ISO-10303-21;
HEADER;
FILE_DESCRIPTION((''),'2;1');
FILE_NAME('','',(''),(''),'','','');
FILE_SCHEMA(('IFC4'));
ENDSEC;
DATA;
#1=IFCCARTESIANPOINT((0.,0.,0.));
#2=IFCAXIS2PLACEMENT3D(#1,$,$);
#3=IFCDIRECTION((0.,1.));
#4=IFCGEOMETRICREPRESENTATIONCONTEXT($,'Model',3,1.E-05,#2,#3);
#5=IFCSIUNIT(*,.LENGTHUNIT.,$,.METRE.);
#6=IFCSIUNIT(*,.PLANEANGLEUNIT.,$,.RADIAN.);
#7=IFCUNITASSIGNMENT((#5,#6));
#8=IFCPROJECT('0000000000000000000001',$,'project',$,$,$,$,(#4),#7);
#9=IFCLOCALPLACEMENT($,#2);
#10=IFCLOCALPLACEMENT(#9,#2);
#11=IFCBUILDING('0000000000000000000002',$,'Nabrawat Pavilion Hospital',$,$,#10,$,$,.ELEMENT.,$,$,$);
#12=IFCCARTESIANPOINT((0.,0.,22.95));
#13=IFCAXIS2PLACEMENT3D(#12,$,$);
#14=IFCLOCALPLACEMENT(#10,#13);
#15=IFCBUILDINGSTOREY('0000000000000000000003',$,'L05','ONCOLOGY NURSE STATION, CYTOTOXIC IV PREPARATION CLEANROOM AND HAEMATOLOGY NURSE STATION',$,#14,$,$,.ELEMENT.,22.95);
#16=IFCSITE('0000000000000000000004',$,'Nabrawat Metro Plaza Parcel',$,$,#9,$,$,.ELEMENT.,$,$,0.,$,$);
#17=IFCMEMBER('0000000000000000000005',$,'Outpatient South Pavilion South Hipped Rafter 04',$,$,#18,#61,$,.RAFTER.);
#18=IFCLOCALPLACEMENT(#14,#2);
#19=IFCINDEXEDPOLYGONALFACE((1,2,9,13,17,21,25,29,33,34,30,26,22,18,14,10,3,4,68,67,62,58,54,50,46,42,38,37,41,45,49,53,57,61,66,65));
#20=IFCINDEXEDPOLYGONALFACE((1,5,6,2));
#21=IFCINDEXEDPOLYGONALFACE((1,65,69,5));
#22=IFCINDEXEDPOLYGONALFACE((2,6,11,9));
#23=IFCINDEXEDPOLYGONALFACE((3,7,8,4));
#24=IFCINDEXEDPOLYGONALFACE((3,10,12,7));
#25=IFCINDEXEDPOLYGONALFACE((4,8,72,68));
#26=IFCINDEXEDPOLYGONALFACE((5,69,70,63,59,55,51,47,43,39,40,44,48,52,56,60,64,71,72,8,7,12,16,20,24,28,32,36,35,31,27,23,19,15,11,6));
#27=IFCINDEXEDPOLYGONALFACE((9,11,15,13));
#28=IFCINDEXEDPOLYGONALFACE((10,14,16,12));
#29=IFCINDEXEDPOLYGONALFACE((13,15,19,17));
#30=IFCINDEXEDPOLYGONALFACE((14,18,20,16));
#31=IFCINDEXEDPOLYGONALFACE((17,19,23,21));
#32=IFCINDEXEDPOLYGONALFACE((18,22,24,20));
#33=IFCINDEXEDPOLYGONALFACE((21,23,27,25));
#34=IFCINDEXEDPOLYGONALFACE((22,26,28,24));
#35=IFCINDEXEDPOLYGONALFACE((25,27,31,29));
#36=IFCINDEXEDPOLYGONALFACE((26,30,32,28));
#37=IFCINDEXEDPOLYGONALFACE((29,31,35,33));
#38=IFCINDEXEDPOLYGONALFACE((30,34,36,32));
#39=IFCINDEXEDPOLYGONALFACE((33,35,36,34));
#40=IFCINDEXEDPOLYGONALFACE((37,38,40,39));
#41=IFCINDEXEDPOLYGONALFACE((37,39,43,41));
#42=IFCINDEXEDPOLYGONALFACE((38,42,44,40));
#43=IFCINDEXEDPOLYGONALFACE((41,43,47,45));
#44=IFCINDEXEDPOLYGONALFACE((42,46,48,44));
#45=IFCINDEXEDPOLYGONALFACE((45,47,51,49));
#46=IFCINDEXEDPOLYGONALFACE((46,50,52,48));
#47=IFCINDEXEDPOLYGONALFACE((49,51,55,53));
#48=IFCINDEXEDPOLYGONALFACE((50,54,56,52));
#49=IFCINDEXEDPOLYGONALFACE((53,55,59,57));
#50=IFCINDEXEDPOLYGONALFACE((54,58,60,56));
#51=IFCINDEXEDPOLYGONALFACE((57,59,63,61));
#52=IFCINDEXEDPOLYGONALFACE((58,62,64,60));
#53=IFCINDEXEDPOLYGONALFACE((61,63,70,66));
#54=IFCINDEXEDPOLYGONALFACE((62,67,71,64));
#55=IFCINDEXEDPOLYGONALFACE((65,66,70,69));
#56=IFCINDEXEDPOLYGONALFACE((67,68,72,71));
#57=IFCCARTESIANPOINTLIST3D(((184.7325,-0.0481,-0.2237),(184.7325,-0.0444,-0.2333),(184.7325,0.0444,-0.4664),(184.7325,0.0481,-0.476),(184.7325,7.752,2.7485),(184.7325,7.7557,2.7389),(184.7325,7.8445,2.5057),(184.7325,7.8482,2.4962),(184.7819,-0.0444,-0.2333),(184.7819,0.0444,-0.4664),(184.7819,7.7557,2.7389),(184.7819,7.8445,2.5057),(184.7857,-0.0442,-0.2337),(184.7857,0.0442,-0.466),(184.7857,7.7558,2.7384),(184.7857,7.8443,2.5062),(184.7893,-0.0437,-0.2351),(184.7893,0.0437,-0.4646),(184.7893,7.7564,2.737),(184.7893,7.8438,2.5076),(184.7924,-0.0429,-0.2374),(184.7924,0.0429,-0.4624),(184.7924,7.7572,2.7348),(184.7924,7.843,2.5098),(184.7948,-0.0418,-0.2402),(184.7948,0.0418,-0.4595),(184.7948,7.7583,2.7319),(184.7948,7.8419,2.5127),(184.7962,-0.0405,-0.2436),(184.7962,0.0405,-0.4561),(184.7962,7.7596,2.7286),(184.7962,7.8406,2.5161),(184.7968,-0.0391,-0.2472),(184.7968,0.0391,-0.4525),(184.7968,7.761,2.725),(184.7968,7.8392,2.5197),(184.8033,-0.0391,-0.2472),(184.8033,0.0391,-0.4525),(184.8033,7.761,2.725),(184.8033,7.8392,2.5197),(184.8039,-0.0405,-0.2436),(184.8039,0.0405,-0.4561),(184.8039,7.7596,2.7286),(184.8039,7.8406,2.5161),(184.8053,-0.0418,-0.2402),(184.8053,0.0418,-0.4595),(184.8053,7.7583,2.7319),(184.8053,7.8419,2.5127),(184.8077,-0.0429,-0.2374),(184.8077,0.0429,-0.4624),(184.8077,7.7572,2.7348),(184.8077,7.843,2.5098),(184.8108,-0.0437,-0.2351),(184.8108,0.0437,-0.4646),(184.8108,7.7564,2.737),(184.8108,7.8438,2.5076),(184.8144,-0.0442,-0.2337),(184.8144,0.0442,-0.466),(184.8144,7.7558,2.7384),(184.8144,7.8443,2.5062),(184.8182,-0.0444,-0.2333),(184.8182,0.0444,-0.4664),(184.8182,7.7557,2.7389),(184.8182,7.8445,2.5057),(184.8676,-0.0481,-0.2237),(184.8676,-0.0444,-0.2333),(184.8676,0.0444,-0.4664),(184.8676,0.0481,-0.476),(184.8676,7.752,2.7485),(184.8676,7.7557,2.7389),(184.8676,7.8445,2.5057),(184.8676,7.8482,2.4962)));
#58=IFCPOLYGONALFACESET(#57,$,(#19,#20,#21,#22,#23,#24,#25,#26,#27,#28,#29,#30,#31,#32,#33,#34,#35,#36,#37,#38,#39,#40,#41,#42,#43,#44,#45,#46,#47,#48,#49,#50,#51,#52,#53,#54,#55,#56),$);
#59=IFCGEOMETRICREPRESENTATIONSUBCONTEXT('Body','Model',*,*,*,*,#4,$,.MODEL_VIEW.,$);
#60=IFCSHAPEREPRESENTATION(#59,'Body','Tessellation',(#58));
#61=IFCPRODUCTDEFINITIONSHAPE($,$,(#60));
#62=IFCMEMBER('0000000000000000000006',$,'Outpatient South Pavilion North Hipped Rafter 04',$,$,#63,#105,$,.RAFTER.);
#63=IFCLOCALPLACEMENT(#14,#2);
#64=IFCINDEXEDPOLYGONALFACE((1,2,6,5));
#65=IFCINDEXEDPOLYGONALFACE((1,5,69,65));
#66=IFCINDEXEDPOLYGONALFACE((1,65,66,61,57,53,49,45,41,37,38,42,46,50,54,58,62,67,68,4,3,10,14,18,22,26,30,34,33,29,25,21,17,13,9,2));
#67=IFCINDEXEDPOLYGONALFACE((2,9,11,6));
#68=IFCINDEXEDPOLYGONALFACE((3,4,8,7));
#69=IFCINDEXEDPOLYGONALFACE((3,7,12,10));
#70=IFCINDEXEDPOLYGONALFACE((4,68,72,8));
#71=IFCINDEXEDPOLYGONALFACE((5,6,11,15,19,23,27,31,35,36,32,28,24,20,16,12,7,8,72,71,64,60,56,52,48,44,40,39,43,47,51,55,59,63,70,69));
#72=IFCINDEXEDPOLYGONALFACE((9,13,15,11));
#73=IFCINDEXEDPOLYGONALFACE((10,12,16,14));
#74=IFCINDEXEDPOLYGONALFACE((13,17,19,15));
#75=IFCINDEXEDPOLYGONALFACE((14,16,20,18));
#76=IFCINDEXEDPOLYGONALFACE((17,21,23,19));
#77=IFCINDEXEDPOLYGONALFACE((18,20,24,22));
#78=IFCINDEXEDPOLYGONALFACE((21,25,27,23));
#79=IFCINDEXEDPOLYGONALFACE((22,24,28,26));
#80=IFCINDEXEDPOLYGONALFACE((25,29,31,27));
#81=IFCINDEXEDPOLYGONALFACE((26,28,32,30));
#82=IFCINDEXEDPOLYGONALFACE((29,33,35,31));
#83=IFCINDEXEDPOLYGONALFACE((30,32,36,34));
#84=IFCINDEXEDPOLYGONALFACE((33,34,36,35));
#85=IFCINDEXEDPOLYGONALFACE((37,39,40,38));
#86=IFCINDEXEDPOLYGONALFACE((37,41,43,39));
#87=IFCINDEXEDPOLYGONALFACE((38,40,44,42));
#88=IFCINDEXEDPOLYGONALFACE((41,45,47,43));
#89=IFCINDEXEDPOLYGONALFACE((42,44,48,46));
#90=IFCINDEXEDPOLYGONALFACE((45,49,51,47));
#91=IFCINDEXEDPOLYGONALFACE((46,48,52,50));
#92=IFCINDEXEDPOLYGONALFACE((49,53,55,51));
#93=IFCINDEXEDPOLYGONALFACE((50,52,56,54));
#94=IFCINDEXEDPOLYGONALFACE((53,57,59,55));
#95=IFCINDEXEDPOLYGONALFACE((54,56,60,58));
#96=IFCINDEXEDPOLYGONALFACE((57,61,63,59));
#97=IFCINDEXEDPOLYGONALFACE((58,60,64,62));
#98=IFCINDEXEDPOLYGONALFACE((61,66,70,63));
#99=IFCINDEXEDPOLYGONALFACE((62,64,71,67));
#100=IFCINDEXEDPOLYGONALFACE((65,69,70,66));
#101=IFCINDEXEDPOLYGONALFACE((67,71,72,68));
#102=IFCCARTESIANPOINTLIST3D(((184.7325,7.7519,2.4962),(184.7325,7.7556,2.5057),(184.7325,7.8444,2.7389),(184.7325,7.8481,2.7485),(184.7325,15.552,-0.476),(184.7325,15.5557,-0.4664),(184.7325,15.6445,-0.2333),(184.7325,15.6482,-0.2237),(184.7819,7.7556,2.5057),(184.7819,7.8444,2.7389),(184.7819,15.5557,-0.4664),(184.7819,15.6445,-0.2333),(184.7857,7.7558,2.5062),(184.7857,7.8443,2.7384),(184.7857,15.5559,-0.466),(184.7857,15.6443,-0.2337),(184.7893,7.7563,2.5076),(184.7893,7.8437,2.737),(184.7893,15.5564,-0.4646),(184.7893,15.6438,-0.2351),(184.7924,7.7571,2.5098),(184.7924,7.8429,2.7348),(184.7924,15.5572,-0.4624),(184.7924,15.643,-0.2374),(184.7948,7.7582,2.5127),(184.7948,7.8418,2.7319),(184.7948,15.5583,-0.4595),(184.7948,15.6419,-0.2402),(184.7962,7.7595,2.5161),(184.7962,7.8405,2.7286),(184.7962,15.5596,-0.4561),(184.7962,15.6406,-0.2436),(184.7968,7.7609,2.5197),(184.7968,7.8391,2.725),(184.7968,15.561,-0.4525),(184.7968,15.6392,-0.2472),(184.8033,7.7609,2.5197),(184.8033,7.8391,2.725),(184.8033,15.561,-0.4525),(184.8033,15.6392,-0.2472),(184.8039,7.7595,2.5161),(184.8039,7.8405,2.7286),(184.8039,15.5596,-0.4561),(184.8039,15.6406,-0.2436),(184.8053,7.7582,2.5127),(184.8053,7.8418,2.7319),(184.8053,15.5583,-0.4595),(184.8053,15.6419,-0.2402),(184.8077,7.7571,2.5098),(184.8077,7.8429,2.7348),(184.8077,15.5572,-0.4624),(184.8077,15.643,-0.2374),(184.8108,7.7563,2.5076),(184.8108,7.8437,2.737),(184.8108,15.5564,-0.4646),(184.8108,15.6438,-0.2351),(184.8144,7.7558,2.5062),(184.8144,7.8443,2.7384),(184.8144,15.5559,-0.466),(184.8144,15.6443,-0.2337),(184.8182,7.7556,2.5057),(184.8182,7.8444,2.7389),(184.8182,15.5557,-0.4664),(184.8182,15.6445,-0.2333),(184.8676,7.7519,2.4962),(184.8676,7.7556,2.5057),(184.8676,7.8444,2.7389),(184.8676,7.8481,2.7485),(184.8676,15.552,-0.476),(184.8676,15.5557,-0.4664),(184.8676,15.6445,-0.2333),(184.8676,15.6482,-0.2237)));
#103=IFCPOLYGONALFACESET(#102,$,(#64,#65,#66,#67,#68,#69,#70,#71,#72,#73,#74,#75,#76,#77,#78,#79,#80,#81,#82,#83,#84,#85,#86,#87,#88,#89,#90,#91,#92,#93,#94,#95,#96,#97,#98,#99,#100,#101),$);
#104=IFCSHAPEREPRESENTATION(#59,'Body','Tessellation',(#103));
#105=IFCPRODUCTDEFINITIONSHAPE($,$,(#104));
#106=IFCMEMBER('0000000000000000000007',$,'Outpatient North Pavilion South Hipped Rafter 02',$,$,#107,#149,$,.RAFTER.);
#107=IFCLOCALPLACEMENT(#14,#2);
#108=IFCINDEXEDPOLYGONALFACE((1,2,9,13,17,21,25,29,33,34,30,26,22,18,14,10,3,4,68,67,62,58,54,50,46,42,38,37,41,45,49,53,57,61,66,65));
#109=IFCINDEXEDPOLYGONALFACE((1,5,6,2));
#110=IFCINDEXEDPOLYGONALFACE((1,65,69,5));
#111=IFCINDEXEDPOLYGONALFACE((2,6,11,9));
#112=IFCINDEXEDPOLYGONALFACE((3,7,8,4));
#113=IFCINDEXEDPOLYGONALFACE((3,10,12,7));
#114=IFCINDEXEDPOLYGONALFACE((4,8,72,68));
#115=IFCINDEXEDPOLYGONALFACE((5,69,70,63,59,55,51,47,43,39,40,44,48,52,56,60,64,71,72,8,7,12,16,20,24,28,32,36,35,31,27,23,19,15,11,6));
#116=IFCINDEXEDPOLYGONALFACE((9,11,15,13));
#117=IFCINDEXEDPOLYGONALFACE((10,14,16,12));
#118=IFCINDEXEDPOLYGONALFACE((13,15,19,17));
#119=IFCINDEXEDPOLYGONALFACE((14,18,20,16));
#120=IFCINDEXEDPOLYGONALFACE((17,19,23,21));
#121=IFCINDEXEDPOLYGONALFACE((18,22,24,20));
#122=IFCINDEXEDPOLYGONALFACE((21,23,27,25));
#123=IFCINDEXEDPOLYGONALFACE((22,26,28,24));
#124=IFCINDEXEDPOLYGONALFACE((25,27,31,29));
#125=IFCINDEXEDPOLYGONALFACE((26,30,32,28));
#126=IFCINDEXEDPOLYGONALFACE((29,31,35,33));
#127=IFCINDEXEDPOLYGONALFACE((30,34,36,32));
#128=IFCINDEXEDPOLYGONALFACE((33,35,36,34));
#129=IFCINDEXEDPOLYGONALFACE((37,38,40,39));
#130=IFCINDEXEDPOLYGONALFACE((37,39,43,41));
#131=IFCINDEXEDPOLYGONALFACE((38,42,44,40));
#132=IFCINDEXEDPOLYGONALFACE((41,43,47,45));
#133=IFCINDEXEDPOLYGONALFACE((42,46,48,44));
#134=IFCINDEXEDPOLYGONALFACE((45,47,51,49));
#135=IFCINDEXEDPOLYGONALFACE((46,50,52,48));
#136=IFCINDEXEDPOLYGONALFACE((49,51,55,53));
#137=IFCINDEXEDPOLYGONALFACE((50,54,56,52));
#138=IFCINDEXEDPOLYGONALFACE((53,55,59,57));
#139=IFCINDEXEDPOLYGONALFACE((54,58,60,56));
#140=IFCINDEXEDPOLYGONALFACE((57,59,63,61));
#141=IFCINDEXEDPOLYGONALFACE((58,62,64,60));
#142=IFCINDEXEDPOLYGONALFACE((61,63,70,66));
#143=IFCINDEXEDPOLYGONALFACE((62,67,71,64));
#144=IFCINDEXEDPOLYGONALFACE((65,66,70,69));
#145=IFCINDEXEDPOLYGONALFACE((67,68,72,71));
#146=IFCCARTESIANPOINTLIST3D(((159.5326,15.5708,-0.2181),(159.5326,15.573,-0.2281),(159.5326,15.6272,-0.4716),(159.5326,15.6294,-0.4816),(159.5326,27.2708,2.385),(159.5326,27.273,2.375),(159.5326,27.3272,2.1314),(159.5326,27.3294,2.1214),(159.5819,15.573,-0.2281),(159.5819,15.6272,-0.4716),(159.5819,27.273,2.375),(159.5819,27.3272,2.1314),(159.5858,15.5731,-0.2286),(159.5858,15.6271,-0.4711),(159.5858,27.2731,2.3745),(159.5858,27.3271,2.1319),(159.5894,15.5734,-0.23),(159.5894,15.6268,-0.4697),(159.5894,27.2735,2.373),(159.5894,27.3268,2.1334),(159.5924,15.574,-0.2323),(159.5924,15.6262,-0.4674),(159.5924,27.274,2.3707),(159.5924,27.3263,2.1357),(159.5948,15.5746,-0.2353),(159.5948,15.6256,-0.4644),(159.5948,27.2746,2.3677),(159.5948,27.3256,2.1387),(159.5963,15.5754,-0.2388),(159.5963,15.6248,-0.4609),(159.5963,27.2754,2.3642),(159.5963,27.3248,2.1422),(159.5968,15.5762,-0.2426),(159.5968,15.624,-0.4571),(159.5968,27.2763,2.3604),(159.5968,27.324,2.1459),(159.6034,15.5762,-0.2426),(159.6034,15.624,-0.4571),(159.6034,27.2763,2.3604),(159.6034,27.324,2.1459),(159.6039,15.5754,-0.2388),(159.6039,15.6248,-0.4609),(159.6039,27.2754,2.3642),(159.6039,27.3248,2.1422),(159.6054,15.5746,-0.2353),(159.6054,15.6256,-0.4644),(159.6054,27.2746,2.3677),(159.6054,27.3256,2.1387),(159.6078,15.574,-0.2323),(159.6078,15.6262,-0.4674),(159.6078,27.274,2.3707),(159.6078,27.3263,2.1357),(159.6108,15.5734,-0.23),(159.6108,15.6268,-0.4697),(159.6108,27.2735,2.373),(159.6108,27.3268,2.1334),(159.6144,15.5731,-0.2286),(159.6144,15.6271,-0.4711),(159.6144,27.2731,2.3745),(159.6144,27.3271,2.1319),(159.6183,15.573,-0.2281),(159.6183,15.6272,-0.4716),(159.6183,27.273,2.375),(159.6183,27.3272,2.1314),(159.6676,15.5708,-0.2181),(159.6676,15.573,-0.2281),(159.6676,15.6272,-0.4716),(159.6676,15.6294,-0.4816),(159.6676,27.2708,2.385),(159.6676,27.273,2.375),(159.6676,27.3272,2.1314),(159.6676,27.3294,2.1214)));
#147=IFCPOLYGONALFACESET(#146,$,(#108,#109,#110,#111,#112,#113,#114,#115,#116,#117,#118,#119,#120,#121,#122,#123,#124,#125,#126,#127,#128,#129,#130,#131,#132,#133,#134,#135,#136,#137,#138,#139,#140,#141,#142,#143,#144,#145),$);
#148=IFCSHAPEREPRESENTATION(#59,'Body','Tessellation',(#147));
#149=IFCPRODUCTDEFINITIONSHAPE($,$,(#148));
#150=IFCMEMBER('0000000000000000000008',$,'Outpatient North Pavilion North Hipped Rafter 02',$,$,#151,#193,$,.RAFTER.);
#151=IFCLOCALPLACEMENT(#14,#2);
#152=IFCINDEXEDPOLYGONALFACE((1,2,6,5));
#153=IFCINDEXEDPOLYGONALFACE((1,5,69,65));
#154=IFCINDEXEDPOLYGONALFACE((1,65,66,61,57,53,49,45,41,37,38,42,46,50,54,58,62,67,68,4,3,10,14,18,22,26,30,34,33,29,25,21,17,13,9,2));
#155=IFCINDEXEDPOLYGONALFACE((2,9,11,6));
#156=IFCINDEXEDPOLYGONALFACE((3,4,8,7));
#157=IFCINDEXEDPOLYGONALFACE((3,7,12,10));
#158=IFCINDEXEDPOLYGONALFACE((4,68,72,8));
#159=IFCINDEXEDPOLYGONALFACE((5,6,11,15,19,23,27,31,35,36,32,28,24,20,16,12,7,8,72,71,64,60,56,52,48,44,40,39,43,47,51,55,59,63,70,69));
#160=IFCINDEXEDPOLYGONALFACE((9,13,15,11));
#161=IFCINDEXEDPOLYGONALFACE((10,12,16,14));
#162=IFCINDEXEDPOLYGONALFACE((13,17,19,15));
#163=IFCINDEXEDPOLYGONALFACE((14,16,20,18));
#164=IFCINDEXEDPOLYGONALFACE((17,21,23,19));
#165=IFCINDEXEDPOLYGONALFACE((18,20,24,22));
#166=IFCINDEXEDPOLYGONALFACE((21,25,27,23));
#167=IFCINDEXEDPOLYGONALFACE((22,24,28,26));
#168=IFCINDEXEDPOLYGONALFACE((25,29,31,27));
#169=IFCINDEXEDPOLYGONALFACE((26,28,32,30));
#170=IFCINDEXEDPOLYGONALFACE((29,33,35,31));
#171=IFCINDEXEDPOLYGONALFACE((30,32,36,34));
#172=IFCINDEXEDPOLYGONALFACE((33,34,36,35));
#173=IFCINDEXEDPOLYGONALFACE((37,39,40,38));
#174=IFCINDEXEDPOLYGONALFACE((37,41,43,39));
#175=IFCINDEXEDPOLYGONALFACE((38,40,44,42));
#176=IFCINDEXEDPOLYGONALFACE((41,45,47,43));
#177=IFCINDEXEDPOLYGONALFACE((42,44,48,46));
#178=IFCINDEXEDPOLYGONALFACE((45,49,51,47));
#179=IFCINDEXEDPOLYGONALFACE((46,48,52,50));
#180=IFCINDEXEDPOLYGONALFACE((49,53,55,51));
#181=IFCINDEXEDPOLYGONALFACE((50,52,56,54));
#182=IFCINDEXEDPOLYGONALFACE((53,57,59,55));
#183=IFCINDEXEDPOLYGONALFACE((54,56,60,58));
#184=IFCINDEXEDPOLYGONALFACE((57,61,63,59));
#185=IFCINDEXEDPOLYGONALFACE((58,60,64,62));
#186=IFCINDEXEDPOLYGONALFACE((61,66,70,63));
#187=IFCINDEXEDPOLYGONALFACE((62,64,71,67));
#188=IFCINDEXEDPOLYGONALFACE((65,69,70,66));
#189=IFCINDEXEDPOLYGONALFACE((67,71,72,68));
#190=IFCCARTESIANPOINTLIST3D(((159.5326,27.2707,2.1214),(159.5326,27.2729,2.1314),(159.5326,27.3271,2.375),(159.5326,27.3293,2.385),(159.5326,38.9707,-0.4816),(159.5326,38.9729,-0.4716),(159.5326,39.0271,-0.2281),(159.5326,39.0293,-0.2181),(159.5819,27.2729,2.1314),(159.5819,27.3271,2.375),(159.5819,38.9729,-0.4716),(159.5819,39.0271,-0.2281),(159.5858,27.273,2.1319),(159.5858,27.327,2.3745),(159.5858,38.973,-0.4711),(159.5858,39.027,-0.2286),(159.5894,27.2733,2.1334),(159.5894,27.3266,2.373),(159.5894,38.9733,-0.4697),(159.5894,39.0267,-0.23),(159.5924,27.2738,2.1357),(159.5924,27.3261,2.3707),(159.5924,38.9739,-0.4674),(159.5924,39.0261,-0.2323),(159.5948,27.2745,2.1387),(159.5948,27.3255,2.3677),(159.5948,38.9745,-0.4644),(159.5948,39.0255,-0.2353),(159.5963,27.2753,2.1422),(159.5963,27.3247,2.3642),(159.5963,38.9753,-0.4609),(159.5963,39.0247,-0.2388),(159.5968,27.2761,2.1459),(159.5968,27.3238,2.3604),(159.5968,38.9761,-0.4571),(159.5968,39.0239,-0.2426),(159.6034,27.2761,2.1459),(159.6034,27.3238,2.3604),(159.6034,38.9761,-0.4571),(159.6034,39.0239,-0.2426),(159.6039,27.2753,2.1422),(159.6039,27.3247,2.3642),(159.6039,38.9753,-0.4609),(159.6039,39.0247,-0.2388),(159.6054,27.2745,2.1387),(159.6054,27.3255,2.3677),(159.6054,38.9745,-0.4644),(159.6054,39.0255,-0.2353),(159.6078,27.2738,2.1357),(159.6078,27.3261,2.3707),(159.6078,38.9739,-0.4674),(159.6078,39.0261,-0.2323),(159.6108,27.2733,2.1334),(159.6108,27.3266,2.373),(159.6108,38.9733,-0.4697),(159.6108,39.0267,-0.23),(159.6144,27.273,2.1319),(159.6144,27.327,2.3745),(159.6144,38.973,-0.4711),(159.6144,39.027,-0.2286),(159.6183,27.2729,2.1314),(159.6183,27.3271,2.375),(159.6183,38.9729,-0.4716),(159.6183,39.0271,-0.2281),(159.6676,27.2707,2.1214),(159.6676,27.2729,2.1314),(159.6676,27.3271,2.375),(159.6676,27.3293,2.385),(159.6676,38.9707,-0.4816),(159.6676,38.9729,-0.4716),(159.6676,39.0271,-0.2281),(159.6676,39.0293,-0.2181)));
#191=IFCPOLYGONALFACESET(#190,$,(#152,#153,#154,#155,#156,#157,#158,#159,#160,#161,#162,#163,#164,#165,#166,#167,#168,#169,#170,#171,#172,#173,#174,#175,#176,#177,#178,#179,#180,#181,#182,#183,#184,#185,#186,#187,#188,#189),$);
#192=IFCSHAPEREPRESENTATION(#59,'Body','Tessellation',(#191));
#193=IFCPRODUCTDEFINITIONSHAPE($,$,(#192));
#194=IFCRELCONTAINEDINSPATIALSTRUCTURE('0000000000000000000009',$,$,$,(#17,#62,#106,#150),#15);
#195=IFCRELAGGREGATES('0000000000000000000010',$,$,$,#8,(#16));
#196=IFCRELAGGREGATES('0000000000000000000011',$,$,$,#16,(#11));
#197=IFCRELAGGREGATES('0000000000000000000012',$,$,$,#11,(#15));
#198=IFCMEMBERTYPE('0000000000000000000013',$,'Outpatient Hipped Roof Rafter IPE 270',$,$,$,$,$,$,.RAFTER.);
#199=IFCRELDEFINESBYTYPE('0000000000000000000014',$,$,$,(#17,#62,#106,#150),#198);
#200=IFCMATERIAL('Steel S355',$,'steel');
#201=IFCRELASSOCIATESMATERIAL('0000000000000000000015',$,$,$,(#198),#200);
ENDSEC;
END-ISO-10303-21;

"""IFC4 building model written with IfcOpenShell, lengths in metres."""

from ifc_helpers import new_model, si_unit, direction, frame, origin, origin_2d, place, context, subcontext, project, spatial, i_section, extrude, material, material_profile, profile_set, type_object, element, save


model = new_model("IFC4")

# Units and contexts
model_context = context("Model", 3, precision=1e-05, world=origin(), true_north=direction((0.0, 1.0)))
body_context = subcontext(model_context, "Body", "Model", "MODEL_VIEW")
ifc_project = project(units=[si_unit("LENGTHUNIT", "METRE"), si_unit("PLANEANGLEUNIT", "RADIAN")], contexts=[model_context])

# Site, building, storey
site_placement = place(None, origin())
site = spatial("IfcSite", under=ifc_project, at=site_placement, Name="Nabrawat Metro Plaza Parcel", CompositionType="ELEMENT", RefElevation=0.0)
building_placement = place(site_placement, origin())
building = spatial("IfcBuilding", under=site, at=building_placement, Name="Nabrawat Pavilion Hospital", CompositionType="ELEMENT")
storey_placement = place(building_placement, frame((0.0, 0.0, 22.95)))
storey = spatial("IfcBuildingStorey", under=building, at=storey_placement, Name="L05", Description="ONCOLOGY NURSE STATION, CYTOTOXIC IV PREPARATION CLEANROOM AND HAEMATOLOGY NURSE STATION", CompositionType="ELEMENT", Elevation=22.95)

# Shared definitions
ifc_material_1 = material(Name="Steel S355", Category="steel")

# Members
ifc_material_profile_1 = material_profile(ifc_material_1, i_section(OverallWidth=0.135, OverallDepth=0.27, WebThickness=0.0066, FlangeThickness=0.0103, FilletRadius=0.0149, at=origin_2d()), Name="IPE 270")
ifc_profile_set_1 = profile_set([ifc_material_profile_1], Name="Steel S355")
member_type_1 = type_object("IfcMemberType", Name="Outpatient Hipped Roof Rafter IPE 270", PredefinedType="RAFTER", material=ifc_profile_set_1)
for number, where, z_axis, x_axis, name in (
    (1, (184.8, 0.0, -0.3499), (0.0, 0.934459, 0.356071), (-1.0, 0.0, 0.0), "Outpatient South Pavilion South Hipped Rafter 04"),
    (2, (184.8, 15.6001, -0.3499), (0.0, -0.934459, 0.356071), (1.0, 0.0, 0.0), "Outpatient South Pavilion North Hipped Rafter 04"),
):
    element("IfcMember", number, at=place(storey_placement, frame(where, z_axis=z_axis, x_axis=x_axis)), inside=storey, type_object=member_type_1, Name=name, PredefinedType="RAFTER", context=body_context, shape_type="SweptSolid", body=[
        extrude(i_section(OverallWidth=0.135, OverallDepth=0.27, WebThickness=0.0066, FlangeThickness=0.0103, FilletRadius=0.0149, at=origin_2d()), origin(), (0.0, 0.0, 1.0), 8.3472),
    ])
for number, where, z_axis, x_axis, name in (
    (3, (159.6001, 15.6001, -0.3499), (0.0, 0.976133, 0.217172), (-1.0, 0.0, 0.0), "Outpatient North Pavilion South Hipped Rafter 02"),
    (4, (159.6001, 39.0, -0.3499), (0.0, -0.976133, 0.217172), (1.0, 0.0, 0.0), "Outpatient North Pavilion North Hipped Rafter 02"),
):
    element("IfcMember", number, at=place(storey_placement, frame(where, z_axis=z_axis, x_axis=x_axis)), inside=storey, type_object=member_type_1, Name=name, PredefinedType="RAFTER", context=body_context, shape_type="SweptSolid", body=[
        extrude(i_section(OverallWidth=0.135, OverallDepth=0.27, WebThickness=0.0066, FlangeThickness=0.0103, FilletRadius=0.0149, at=origin_2d()), origin(), (0.0, 0.0, 1.0), 11.9861),
    ])

save(model, "model.ifc")
